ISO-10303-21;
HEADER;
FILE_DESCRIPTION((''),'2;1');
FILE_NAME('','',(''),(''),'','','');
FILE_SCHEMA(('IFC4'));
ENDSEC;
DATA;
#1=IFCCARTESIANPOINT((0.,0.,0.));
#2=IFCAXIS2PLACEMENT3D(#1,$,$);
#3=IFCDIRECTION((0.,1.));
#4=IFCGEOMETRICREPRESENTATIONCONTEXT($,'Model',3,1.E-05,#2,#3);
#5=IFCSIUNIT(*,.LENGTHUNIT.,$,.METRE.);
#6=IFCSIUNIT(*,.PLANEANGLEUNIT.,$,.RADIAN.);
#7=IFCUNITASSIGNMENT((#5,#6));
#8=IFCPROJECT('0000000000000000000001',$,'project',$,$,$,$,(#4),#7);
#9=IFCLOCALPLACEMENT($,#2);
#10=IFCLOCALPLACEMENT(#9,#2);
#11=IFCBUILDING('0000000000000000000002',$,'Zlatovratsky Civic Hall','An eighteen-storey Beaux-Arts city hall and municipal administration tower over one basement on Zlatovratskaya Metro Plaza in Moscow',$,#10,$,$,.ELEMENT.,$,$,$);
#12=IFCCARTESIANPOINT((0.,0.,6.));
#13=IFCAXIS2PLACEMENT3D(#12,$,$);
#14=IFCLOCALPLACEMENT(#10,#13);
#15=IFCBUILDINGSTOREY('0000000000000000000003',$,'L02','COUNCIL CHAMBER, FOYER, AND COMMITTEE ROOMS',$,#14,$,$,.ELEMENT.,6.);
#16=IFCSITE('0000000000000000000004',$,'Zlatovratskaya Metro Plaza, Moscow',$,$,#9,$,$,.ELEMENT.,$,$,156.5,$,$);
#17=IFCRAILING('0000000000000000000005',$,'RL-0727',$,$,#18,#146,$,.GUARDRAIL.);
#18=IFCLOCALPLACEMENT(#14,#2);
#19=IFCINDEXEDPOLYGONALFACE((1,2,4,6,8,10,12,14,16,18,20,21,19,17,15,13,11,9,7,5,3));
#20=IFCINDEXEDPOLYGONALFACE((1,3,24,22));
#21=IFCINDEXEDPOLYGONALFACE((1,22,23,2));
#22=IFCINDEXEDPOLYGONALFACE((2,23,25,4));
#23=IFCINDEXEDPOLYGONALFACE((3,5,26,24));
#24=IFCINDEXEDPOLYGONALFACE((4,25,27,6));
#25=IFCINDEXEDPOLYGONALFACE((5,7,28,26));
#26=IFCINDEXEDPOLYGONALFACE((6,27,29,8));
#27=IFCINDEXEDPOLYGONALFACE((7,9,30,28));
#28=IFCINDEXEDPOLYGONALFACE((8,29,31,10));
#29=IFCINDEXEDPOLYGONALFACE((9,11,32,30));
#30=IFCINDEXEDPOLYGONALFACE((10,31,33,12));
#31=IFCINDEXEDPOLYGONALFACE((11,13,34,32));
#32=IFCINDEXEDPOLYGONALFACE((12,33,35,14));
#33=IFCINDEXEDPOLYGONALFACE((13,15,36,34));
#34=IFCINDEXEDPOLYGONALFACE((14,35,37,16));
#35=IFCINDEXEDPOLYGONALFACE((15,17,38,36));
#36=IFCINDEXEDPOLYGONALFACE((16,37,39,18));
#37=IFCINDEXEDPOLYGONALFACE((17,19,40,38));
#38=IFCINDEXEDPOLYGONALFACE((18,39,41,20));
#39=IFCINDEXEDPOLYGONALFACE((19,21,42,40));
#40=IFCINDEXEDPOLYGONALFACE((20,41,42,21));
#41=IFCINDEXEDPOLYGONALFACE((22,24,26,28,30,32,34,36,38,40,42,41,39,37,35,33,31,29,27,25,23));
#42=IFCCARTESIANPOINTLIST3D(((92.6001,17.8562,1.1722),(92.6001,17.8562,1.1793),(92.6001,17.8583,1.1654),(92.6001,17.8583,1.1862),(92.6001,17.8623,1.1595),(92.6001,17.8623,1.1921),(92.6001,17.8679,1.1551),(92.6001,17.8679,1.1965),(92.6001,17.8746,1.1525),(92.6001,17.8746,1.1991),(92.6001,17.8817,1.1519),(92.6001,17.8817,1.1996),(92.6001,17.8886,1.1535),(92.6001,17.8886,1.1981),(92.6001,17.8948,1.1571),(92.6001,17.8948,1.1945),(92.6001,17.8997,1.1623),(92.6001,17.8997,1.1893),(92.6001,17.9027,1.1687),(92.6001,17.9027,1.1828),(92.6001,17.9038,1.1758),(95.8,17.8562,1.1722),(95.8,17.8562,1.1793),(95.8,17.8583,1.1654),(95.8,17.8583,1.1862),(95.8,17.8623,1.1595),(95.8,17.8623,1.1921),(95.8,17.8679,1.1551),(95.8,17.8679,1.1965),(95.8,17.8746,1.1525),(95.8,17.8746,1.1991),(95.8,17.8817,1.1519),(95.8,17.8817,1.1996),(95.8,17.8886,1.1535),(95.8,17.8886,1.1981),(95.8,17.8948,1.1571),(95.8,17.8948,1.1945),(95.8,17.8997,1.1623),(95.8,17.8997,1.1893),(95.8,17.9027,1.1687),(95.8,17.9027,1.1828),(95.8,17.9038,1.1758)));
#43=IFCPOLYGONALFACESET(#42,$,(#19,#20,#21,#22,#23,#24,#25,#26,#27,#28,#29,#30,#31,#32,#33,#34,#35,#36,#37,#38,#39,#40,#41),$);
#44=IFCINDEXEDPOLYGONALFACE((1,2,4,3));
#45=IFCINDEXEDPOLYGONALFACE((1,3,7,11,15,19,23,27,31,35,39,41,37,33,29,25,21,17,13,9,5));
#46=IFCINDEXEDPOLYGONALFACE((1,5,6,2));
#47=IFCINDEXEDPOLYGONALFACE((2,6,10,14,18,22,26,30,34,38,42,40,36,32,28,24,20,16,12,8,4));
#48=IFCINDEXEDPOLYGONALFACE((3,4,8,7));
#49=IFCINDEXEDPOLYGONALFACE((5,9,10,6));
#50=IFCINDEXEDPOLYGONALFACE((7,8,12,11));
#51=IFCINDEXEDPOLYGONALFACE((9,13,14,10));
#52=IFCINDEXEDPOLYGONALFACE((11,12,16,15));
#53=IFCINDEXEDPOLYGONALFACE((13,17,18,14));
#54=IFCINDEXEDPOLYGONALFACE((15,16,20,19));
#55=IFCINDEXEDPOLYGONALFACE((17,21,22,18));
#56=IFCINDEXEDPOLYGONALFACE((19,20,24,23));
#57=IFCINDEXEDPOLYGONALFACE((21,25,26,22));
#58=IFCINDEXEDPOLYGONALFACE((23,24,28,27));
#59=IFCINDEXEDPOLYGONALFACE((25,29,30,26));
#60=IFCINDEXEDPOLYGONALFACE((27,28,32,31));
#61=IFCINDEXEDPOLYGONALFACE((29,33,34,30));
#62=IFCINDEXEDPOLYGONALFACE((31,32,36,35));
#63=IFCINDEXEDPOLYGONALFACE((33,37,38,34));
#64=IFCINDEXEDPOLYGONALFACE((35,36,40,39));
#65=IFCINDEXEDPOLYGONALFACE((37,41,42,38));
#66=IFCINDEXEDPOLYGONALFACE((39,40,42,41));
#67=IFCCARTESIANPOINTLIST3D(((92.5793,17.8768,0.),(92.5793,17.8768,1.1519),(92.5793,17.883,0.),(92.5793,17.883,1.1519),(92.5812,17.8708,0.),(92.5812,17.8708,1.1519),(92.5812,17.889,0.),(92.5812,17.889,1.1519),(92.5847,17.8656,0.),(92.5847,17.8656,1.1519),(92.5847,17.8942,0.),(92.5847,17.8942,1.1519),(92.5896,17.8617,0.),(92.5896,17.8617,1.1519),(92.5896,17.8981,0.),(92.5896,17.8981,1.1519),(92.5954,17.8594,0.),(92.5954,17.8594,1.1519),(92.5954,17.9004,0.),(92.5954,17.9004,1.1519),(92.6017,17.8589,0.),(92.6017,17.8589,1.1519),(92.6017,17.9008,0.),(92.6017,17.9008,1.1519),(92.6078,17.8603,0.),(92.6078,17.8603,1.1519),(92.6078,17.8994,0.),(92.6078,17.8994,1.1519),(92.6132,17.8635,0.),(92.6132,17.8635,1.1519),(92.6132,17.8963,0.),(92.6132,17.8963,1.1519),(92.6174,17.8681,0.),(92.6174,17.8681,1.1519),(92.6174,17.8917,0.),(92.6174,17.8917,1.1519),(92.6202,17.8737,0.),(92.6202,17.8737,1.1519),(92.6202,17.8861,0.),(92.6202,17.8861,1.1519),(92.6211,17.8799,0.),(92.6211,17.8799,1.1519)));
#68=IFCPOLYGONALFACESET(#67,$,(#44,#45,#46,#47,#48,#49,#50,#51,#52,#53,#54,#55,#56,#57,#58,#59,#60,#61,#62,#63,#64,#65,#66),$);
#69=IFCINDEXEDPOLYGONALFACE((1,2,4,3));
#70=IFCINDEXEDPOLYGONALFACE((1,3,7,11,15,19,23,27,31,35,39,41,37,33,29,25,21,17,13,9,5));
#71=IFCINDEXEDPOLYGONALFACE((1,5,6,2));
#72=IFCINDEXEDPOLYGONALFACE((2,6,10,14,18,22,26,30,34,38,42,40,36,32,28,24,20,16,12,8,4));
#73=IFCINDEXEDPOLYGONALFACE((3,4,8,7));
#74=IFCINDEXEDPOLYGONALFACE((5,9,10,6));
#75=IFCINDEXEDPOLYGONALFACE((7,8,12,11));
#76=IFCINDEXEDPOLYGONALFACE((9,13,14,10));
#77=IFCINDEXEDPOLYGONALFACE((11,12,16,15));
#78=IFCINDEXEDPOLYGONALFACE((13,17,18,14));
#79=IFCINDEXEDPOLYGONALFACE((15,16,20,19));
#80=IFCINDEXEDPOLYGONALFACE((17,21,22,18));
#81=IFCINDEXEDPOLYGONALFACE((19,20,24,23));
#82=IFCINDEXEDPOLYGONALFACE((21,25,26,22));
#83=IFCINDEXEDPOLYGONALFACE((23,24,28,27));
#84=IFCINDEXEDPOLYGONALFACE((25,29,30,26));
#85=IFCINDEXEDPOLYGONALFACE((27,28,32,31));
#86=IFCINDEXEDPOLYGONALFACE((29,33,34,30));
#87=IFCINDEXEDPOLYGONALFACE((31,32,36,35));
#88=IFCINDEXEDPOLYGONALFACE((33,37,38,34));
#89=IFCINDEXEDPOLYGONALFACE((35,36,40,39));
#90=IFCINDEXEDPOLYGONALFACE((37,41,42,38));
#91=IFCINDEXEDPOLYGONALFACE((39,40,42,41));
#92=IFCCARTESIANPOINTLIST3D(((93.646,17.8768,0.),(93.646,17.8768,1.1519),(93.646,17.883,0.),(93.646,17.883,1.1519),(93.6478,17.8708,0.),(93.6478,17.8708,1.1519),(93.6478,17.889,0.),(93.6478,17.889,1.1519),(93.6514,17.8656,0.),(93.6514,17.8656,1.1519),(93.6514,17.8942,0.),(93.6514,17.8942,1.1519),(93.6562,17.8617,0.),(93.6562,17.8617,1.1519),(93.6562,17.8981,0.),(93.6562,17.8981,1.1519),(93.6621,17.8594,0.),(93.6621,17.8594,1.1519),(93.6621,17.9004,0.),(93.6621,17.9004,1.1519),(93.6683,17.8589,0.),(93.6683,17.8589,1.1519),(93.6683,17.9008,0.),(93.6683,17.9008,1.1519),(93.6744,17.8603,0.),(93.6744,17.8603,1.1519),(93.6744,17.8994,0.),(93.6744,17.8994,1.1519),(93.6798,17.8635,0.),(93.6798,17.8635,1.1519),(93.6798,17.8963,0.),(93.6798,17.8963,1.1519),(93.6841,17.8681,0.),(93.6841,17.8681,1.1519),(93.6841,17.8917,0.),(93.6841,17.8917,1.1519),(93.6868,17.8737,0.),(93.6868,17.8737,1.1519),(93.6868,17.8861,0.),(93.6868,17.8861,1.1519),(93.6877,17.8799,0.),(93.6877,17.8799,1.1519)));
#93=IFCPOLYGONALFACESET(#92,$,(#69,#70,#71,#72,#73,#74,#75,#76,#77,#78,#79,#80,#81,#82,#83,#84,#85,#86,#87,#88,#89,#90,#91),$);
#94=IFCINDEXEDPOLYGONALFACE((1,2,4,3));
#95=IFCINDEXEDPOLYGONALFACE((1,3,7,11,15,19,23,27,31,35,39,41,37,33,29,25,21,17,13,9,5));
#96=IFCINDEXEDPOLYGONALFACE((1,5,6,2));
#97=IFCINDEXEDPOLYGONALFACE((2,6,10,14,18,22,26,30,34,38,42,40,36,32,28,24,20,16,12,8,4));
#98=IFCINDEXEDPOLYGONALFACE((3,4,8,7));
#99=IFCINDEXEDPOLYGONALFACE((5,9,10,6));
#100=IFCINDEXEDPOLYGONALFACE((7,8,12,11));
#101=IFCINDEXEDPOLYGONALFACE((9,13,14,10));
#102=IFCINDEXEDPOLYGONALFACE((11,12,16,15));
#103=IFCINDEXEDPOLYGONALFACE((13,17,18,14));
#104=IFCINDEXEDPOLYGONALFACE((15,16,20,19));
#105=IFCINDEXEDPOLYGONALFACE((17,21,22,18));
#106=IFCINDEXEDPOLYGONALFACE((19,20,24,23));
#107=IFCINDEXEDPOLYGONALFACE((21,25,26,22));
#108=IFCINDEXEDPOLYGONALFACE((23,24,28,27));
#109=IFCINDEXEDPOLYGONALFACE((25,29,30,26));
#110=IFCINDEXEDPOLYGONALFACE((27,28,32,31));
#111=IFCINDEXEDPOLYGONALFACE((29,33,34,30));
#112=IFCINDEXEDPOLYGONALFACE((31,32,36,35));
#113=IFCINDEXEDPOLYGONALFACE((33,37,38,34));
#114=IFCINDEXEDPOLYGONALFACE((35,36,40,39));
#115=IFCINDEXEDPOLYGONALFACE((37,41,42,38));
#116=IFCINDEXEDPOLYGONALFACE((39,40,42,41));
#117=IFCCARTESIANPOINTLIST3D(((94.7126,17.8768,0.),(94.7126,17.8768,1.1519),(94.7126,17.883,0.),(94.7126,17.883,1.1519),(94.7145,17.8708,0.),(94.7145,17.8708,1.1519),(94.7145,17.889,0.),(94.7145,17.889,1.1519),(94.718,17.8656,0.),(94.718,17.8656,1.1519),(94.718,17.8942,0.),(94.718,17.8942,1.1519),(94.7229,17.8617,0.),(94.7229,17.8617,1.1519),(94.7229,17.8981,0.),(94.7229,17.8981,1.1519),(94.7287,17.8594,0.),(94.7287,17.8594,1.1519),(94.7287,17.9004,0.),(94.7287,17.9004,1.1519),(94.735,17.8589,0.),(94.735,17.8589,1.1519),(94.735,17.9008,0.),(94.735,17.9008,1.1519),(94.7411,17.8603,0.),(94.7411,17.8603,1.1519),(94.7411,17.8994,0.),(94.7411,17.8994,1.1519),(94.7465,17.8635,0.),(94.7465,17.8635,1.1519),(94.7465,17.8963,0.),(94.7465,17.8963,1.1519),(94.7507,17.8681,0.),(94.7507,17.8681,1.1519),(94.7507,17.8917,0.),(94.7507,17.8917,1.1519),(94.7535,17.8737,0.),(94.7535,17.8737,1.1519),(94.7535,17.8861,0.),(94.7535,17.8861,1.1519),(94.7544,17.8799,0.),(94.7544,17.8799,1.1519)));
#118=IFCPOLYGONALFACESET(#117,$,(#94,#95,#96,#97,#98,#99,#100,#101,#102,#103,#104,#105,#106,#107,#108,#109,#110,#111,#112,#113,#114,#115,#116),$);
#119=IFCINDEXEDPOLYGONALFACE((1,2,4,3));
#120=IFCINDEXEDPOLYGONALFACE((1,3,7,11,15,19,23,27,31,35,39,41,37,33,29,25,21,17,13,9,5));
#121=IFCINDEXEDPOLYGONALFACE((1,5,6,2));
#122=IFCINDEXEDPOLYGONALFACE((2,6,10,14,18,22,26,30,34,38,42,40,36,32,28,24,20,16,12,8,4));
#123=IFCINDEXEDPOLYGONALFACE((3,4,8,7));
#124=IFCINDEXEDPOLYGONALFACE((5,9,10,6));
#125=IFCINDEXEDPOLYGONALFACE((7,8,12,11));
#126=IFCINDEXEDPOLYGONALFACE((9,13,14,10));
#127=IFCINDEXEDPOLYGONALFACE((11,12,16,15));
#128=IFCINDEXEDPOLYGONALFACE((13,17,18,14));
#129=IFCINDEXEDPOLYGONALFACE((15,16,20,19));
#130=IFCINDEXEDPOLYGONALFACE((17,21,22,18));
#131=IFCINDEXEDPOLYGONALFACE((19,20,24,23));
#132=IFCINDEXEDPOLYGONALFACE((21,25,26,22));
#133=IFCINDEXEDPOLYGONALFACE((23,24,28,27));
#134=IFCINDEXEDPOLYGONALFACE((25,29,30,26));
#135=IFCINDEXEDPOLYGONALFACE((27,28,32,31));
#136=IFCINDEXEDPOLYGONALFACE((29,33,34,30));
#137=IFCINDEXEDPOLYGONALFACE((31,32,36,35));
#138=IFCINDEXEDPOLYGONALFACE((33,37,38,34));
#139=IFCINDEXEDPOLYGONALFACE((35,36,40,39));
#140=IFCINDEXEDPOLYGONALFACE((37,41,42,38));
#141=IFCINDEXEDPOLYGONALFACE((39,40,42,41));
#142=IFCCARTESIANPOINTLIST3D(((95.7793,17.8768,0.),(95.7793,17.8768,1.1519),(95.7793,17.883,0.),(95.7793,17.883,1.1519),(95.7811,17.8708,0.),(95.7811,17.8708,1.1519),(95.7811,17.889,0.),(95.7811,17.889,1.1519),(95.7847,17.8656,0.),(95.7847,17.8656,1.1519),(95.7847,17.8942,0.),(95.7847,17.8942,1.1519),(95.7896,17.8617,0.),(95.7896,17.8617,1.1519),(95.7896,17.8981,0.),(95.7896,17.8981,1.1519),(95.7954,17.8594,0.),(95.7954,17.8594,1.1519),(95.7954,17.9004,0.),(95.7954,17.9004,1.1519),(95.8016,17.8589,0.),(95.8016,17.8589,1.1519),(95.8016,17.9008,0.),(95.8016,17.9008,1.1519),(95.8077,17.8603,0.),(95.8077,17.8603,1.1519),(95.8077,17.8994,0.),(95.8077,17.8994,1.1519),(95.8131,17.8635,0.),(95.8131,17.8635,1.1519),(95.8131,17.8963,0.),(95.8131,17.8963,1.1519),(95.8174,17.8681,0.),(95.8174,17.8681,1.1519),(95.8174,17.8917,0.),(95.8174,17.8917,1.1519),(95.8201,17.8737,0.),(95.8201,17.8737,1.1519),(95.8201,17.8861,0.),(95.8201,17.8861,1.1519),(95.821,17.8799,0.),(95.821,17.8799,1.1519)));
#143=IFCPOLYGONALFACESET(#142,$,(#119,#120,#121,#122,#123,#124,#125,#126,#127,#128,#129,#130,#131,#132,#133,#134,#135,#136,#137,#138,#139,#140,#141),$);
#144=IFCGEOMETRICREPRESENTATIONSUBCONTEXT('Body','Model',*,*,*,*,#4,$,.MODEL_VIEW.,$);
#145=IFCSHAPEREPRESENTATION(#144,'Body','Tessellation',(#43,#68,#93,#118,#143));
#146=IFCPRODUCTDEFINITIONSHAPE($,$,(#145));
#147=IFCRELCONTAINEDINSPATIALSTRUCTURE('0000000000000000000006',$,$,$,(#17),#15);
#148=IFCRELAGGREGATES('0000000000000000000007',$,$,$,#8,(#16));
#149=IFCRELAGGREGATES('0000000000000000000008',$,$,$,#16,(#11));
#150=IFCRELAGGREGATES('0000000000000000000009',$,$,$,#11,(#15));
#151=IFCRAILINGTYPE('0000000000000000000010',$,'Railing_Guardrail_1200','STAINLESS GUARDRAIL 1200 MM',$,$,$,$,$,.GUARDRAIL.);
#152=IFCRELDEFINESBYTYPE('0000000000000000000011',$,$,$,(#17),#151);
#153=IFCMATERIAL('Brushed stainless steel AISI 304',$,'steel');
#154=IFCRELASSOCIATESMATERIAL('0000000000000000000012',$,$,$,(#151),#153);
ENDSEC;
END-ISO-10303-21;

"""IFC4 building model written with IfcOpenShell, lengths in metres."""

from ifc_helpers import new_model, si_unit, direction, frame, origin, origin_2d, place, context, subcontext, project, spatial, circle, extrude, material, type_object, element, save


model = new_model("IFC4")

# Units and contexts
model_context = context("Model", 3, precision=1e-05, world=origin(), true_north=direction((0.0, 1.0)))
body_context = subcontext(model_context, "Body", "Model", "MODEL_VIEW")
ifc_project = project(units=[si_unit("LENGTHUNIT", "METRE"), si_unit("PLANEANGLEUNIT", "RADIAN")], contexts=[model_context])

# Site, building, storey
site_placement = place(None, origin())
site = spatial("IfcSite", under=ifc_project, at=site_placement, Name="Zlatovratskaya Metro Plaza, Moscow", CompositionType="ELEMENT", RefElevation=156.5)
building_placement = place(site_placement, origin())
building = spatial("IfcBuilding", under=site, at=building_placement, Name="Zlatovratsky Civic Hall", Description="An eighteen-storey Beaux-Arts city hall and municipal administration tower over one basement on Zlatovratskaya Metro Plaza in Moscow", CompositionType="ELEMENT")
storey_placement = place(building_placement, frame((0.0, 0.0, 6.0)))
storey = spatial("IfcBuildingStorey", under=building, at=storey_placement, Name="L02", Description="COUNCIL CHAMBER, FOYER, AND COMMITTEE ROOMS", CompositionType="ELEMENT", Elevation=6.0)

# Railing
ifc_material_1 = material(Name="Brushed stainless steel AISI 304", Category="steel")
railing_type_1 = type_object("IfcRailingType", Name="Railing_Guardrail_1200", Description="STAINLESS GUARDRAIL 1200 MM", PredefinedType="GUARDRAIL", material=ifc_material_1)
railing_1_placement = place(storey_placement, frame((92.6001, 17.8799, 0.0)))
element("IfcRailing", 1, at=railing_1_placement, inside=storey, type_object=railing_type_1, Name="RL-0727", PredefinedType="GUARDRAIL", context=body_context, shape_type="SweptSolid", body=[
    extrude(circle(Radius=0.0239, at=origin_2d()), frame((0.0, 0.0, 1.1758), z_axis=(1.0, 0.0, 0.0), x_axis=(0.0, 1.0, 0.0)), (0.0, 0.0, 1.0), 3.2),
    extrude(circle(Radius=0.021, at=origin_2d()), origin(), (0.0, 0.0, 1.0), 1.1519),
    extrude(circle(Radius=0.021, at=origin_2d()), frame((1.0667, 0.0, 0.0)), (0.0, 0.0, 1.0), 1.1519),
    extrude(circle(Radius=0.021, at=origin_2d()), frame((2.1333, 0.0, 0.0)), (0.0, 0.0, 1.0), 1.1519),
    extrude(circle(Radius=0.021, at=origin_2d()), frame((3.2, 0.0, 0.0)), (0.0, 0.0, 1.0), 1.1519),
])

save(model, "model.ifc")
